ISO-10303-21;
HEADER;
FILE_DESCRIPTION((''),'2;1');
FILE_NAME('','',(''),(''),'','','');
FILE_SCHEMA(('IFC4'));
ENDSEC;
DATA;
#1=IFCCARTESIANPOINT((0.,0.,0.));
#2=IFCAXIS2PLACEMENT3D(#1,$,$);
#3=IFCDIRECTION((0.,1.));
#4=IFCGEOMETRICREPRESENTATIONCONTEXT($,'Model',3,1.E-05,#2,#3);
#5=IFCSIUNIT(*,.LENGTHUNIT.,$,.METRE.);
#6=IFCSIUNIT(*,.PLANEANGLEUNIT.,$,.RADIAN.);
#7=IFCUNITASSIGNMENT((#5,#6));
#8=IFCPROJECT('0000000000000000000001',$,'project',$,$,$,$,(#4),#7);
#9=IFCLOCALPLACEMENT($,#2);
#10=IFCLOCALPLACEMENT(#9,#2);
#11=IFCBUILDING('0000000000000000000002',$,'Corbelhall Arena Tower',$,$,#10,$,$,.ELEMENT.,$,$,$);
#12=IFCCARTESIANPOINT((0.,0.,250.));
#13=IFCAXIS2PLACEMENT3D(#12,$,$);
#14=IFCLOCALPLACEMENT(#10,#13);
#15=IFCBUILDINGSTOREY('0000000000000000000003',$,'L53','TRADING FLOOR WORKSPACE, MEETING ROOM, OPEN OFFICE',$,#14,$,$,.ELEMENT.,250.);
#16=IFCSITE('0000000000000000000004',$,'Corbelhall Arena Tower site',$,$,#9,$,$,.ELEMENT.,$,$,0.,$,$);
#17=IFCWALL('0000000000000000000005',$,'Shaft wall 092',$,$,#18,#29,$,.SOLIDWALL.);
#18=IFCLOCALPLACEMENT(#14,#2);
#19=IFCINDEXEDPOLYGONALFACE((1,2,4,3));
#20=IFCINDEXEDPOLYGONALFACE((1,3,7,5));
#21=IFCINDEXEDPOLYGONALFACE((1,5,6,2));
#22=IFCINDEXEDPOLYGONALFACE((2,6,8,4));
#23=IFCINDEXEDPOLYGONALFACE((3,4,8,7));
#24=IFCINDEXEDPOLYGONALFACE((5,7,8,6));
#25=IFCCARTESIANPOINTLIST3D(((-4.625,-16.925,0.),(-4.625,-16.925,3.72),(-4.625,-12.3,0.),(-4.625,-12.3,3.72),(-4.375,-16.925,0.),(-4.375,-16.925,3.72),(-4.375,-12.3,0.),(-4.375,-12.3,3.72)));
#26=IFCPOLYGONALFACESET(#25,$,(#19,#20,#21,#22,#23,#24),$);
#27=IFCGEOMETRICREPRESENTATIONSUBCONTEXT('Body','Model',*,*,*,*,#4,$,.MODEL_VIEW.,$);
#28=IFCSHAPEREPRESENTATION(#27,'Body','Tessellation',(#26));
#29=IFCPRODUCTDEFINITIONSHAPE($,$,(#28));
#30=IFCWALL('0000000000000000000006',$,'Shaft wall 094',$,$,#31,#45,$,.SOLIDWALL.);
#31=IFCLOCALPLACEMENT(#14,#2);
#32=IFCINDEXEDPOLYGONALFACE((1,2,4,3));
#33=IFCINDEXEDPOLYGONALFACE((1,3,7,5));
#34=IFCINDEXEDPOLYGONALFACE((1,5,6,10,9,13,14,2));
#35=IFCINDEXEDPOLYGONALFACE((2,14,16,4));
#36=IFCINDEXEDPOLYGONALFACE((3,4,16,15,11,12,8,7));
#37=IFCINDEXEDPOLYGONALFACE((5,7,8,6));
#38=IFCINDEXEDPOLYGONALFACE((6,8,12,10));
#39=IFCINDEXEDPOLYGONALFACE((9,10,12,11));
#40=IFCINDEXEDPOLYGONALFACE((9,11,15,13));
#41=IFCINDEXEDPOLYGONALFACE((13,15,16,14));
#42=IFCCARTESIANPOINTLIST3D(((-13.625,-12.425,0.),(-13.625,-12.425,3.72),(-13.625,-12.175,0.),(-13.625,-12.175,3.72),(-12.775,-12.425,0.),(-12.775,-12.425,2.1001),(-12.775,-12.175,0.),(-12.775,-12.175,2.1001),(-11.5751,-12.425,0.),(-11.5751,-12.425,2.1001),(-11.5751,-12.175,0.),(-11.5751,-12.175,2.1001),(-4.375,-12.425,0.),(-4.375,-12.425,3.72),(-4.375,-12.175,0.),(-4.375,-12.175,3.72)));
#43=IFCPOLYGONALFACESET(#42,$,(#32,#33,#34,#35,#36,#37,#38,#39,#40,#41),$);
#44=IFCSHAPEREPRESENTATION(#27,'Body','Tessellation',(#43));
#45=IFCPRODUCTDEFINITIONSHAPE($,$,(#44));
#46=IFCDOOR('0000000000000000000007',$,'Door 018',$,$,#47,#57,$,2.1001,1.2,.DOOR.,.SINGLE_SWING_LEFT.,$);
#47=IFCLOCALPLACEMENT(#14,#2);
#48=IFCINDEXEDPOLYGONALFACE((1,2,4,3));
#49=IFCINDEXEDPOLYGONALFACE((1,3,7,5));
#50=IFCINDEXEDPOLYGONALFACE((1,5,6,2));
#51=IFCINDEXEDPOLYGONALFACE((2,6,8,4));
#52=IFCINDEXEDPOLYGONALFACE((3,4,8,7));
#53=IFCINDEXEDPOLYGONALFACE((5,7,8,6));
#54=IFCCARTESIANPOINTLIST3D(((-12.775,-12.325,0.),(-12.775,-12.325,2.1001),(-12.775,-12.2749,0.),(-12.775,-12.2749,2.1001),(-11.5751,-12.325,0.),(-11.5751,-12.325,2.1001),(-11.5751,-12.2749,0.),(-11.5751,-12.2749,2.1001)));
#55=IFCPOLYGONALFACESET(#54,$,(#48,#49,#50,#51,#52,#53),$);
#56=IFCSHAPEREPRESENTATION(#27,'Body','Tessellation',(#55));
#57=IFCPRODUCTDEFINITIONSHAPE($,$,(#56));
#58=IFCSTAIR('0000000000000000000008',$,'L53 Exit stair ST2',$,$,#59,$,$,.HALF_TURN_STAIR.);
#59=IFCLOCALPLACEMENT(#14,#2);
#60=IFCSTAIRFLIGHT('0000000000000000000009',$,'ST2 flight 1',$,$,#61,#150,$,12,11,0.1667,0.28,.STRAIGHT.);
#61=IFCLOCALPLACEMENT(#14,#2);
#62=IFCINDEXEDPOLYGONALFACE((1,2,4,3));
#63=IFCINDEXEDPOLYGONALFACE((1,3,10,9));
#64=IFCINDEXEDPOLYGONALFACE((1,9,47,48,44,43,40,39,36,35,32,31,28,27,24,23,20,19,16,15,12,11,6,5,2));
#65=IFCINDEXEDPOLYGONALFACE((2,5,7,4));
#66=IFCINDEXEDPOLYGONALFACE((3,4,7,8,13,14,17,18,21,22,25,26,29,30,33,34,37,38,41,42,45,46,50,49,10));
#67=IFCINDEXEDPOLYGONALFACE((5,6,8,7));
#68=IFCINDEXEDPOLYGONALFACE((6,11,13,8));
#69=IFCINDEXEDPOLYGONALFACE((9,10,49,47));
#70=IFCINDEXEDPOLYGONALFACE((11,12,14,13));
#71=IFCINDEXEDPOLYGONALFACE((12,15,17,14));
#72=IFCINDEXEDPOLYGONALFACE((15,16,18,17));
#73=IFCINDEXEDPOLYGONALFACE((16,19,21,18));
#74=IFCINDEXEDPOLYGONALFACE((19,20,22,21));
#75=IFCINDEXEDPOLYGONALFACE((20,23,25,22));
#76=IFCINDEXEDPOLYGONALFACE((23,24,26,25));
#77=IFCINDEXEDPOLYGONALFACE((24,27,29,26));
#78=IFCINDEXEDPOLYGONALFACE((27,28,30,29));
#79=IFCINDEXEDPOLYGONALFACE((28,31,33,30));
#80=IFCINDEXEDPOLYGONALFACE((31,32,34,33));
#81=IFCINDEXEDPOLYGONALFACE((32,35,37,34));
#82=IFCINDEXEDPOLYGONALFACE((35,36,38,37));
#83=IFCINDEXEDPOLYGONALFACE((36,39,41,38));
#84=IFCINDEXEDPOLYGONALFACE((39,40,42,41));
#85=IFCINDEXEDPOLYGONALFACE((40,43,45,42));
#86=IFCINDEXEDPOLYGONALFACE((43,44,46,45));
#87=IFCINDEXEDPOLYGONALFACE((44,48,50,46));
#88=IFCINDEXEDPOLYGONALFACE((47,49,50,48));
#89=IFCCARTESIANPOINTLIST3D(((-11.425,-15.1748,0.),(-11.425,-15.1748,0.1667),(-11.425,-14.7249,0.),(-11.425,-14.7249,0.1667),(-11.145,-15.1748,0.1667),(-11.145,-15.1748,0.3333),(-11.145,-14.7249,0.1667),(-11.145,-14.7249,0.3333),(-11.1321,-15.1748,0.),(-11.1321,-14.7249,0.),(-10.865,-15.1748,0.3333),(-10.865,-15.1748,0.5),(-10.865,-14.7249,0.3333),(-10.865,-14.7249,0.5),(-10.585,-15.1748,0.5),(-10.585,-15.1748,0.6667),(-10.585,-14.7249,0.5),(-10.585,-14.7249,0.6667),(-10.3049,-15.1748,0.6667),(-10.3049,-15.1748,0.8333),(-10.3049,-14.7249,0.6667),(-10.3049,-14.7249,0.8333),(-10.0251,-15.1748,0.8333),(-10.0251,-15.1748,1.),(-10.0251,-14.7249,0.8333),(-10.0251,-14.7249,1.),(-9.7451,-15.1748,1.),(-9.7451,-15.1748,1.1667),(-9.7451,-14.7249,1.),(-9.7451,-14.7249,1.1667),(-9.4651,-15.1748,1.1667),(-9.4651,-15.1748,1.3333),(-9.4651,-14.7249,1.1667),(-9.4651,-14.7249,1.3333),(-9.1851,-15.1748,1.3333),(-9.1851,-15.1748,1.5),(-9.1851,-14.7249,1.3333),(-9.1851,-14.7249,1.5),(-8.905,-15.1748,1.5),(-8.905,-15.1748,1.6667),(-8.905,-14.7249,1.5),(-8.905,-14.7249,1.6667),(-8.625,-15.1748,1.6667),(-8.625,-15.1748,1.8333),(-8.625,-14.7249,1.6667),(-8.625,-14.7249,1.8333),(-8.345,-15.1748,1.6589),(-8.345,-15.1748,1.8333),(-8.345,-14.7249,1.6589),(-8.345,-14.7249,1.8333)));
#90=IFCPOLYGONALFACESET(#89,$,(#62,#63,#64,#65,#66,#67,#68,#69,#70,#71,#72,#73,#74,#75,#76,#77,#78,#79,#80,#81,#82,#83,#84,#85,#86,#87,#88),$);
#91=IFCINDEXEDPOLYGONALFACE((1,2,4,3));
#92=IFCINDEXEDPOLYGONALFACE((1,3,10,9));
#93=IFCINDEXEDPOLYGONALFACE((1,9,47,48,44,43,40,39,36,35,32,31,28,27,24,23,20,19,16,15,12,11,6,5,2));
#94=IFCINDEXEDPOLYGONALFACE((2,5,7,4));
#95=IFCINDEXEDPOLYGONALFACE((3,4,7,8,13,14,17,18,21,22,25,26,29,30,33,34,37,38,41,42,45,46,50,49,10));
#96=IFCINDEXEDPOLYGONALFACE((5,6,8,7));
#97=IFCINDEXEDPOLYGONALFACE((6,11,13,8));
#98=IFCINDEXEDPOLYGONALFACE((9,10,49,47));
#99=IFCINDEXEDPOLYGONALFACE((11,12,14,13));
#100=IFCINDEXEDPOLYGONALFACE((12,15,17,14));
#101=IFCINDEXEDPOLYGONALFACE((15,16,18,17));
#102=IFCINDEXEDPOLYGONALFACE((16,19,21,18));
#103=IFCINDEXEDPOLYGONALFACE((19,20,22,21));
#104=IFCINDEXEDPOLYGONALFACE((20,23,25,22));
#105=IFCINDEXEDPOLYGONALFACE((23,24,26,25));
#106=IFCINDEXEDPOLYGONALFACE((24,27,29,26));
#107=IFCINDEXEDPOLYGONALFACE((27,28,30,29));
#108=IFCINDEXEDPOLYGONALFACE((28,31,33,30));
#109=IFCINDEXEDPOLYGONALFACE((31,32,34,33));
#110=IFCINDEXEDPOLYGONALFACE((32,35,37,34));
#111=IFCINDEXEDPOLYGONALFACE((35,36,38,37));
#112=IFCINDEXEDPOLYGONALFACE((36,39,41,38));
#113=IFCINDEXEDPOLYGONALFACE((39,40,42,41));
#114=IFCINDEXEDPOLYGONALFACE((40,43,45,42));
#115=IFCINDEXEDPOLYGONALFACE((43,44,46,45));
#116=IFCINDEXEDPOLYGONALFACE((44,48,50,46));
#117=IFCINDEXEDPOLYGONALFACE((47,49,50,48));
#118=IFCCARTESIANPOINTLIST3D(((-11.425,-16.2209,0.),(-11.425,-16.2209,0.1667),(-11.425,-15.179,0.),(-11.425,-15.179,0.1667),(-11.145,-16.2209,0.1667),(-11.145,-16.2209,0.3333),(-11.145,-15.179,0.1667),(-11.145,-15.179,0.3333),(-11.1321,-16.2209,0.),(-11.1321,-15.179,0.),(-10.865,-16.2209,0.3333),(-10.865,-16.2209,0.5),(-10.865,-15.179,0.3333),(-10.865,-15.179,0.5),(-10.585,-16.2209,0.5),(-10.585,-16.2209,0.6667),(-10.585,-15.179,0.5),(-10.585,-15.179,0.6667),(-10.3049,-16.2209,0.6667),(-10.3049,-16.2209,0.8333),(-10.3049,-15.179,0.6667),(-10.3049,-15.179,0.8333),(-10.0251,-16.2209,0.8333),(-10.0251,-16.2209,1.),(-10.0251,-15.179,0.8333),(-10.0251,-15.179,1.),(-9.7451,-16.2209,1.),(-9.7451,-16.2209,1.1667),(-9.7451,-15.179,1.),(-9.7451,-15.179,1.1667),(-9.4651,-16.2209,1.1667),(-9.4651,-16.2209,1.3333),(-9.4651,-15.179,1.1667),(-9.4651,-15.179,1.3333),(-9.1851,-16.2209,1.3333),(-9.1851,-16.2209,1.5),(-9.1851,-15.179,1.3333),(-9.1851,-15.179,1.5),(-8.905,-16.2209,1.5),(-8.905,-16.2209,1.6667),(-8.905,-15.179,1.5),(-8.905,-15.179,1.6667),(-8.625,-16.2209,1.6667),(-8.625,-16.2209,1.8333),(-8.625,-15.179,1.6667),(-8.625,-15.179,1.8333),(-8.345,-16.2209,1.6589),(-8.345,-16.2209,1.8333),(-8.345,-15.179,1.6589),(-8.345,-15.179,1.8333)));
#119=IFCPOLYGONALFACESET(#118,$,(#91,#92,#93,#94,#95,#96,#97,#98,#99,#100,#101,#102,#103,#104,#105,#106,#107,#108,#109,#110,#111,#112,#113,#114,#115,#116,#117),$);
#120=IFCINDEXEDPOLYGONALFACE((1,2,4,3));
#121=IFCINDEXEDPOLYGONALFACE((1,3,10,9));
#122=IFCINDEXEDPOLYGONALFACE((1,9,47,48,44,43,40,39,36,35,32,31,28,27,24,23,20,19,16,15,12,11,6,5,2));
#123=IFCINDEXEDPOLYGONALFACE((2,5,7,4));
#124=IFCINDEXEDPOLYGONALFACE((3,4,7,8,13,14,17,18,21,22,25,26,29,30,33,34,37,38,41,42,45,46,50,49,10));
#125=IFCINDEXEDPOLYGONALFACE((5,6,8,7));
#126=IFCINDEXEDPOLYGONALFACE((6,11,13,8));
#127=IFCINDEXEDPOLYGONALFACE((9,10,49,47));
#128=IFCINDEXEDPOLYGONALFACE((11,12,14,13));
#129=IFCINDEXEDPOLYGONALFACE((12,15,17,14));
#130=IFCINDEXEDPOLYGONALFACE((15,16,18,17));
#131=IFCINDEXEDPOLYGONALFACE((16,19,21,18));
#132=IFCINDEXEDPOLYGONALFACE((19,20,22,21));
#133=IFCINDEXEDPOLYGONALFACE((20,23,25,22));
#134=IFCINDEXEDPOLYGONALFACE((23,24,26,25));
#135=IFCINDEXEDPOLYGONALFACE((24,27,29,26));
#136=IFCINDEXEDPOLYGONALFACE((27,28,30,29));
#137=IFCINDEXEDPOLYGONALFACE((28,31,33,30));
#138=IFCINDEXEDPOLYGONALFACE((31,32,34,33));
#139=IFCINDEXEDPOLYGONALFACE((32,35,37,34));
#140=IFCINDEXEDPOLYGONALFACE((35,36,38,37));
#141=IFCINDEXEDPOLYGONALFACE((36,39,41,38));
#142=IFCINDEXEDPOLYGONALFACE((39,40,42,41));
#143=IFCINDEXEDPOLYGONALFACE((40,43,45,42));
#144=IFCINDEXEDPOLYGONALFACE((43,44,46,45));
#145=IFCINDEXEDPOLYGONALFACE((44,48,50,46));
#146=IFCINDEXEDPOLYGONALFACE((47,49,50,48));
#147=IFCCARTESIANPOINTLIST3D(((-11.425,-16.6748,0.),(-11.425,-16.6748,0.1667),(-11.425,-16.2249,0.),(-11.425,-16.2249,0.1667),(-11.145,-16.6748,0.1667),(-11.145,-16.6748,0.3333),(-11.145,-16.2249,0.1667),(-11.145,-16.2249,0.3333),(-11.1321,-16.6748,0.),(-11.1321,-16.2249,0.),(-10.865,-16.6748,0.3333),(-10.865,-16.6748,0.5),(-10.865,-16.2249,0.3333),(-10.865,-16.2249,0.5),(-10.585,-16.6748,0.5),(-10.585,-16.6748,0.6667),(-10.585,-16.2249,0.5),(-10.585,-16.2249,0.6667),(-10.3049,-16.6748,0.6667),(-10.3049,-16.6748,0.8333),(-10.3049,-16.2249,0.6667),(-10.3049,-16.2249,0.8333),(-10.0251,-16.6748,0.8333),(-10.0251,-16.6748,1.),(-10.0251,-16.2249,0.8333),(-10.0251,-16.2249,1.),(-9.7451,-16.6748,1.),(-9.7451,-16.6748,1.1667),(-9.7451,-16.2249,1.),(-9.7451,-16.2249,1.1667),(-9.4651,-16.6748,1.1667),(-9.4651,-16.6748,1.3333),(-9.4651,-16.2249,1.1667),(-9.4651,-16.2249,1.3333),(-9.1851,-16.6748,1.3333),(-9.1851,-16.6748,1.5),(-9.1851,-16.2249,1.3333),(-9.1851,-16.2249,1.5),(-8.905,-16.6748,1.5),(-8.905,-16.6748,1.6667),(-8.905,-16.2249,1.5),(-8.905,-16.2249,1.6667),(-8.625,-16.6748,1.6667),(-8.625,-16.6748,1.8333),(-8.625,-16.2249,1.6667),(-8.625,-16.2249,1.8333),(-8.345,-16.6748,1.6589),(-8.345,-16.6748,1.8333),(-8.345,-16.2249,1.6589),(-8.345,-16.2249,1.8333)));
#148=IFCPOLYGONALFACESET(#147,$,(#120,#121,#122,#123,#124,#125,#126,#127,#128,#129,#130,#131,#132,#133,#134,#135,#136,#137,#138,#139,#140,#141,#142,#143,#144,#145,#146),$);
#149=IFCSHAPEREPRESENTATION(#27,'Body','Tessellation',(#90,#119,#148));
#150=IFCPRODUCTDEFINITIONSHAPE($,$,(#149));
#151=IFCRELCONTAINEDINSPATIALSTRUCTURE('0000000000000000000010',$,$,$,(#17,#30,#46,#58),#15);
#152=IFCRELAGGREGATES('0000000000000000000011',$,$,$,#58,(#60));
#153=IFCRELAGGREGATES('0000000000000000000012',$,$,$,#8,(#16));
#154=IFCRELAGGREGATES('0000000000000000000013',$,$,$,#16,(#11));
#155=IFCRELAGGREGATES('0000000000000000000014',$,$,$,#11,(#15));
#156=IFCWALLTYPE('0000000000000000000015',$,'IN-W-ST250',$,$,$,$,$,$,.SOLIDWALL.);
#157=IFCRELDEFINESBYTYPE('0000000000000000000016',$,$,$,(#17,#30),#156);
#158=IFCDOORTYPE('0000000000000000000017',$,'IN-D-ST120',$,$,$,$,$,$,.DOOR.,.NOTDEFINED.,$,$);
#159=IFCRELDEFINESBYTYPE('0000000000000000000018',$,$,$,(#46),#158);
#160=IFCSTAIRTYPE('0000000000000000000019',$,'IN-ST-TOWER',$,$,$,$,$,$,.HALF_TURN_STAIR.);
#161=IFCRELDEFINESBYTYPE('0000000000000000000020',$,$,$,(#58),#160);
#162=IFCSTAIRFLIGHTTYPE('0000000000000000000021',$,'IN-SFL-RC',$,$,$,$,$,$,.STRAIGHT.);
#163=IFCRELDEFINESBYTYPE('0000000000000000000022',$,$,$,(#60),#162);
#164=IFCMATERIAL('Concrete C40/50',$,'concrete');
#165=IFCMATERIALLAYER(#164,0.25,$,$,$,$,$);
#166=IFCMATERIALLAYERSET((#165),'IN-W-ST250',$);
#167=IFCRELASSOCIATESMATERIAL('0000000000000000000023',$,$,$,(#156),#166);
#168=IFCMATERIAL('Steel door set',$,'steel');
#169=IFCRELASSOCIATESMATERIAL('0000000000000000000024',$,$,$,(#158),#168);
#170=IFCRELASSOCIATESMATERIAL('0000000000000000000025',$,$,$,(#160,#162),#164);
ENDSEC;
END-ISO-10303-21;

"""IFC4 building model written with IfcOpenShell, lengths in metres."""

from ifc_helpers import new_model, si_unit, direction, frame, frame_2d, origin, place, context, subcontext, project, spatial, polyline, rectangle, outline, extrude, material, layer, layer_set, type_object, element, fill, aggregate, save


model = new_model("IFC4")

# Units and contexts
model_context = context("Model", 3, precision=1e-05, world=origin(), true_north=direction((0.0, 1.0)))
body_context = subcontext(model_context, "Body", "Model", "MODEL_VIEW")
ifc_project = project(units=[si_unit("LENGTHUNIT", "METRE"), si_unit("PLANEANGLEUNIT", "RADIAN")], contexts=[model_context])

# Site, building, storey
site_placement = place(None, origin())
site = spatial("IfcSite", under=ifc_project, at=site_placement, Name="Corbelhall Arena Tower site", CompositionType="ELEMENT", RefElevation=0.0)
building_placement = place(site_placement, origin())
building = spatial("IfcBuilding", under=site, at=building_placement, Name="Corbelhall Arena Tower", CompositionType="ELEMENT")
storey_placement = place(building_placement, frame((0.0, 0.0, 250.0)))
storey = spatial("IfcBuildingStorey", under=building, at=storey_placement, Name="L53", Description="TRADING FLOOR WORKSPACE, MEETING ROOM, OPEN OFFICE", CompositionType="ELEMENT", Elevation=250.0)

# Wall
ifc_material_1 = material(Name="Concrete C40/50", Category="concrete")
ifc_layer_1 = layer(ifc_material_1, 0.25)
ifc_layer_set_1 = layer_set([ifc_layer_1], Name="IN-W-ST250")
wall_type_1 = type_object("IfcWallType", Name="IN-W-ST250", PredefinedType="SOLIDWALL", material=ifc_layer_set_1)
wall_1_placement = place(storey_placement, frame((-4.5, -12.3, 0.0), z_axis=(0.0, 0.0, 1.0), x_axis=(0.0, -1.0, 0.0)))
element("IfcWall", 1, at=wall_1_placement, inside=storey, type_object=wall_type_1, Name="Shaft wall 092", PredefinedType="SOLIDWALL", context=body_context, shape_type="SweptSolid", body=[
    extrude(rectangle(XDim=4.625, YDim=0.25, at=frame_2d((2.3125, 0.0))), origin(), (0.0, 0.0, 1.0), 3.72),
])

# Wall, opening, door
wall_2_placement = place(storey_placement, frame((-4.375, -12.3, 0.0), z_axis=(0.0, 0.0, 1.0), x_axis=(-1.0, 0.0, 0.0)))
wall_2 = element("IfcWall", 2, at=wall_2_placement, inside=storey, type_object=wall_type_1, Name="Shaft wall 094", PredefinedType="SOLIDWALL", context=body_context, shape_type="SweptSolid", body=[
    extrude(rectangle(XDim=9.25, YDim=0.25, at=frame_2d((4.625, 0.0))), origin(), (0.0, 0.0, 1.0), 3.72),
])
opening_1_placement = place(wall_2_placement, frame((7.2, 0.0, 0.0)))
opening_1 = element("IfcOpeningElement", 3, at=opening_1_placement, cuts=wall_2, PredefinedType="OPENING", context=body_context, shape_type="SweptSolid", body=[
    extrude(rectangle(XDim=1.2, YDim=2.1001, at=frame_2d((0.6001, 1.05))), frame((0.0, 0.125, 0.0), z_axis=(0.0, -1.0, 0.0), x_axis=(1.0, 0.0, 0.0)), (0.0, 0.0, 1.0), 0.25),
])
ifc_material_2 = material(Name="Steel door set", Category="steel")
door_type = type_object("IfcDoorType", Name="IN-D-ST120", OperationType="NOTDEFINED", PredefinedType="DOOR", material=ifc_material_2)
door_placement = place(opening_1_placement, origin())
door = element("IfcDoor", 4, at=door_placement, inside=storey, type_object=door_type, Name="Door 018", OperationType="SINGLE_SWING_LEFT", OverallHeight=2.1001, OverallWidth=1.2, PredefinedType="DOOR", context=body_context, shape_type="SweptSolid", body=[
    extrude(rectangle(XDim=1.2, YDim=2.1001, at=frame_2d((0.6001, 1.05))), frame((0.0, 0.0249, 0.0), z_axis=(0.0, -1.0, 0.0), x_axis=(1.0, 0.0, 0.0)), (0.0, 0.0, 1.0), 0.05),
])
fill(opening_1, door)

# Stair, stair flight
stair_type = type_object("IfcStairType", Name="IN-ST-TOWER", PredefinedType="HALF_TURN_STAIR", material=ifc_material_1)
stair_placement = place(storey_placement, origin())
stair = element("IfcStair", 5, at=stair_placement, inside=storey, type_object=stair_type, Name="L53 Exit stair ST2", PredefinedType="HALF_TURN_STAIR")
stair_flight_type = type_object("IfcStairFlightType", Name="IN-SFL-RC", PredefinedType="STRAIGHT", material=ifc_material_1)
stair_flight_1_placement = place(storey_placement, frame((-11.425, -15.7, 0.0), z_axis=(0.0, 0.0, 1.0), x_axis=(1.0, 0.0, 0.0)))
stair_flight_1 = element("IfcStairFlight", 6, at=stair_flight_1_placement, type_object=stair_flight_type, Name="ST2 flight 1", NumberOfRisers=12, NumberOfTreads=11, PredefinedType="STRAIGHT", RiserHeight=0.1667, TreadLength=0.28, context=body_context, shape_type="SweptSolid", body=[
    extrude(outline(polyline([(0.0, 0.0), (0.0, 0.1667), (0.28, 0.1667), (0.28, 0.3333), (0.5601, 0.3333), (0.5601, 0.5), (0.8401, 0.5), (0.8401, 0.6667), (1.1201, 0.6667), (1.1201, 0.8333), (1.3999, 0.8333), (1.3999, 1.0), (1.6799, 1.0), (1.6799, 1.1667), (1.96, 1.1667), (1.96, 1.3333), (2.24, 1.3333), (2.24, 1.5), (2.52, 1.5), (2.52, 1.6667), (2.8, 1.6667), (2.8, 1.8333), (3.0801, 1.8333), (3.0801, 2.0), (3.0801, 1.6589), (0.293, 0.0), (0.0, 0.0)])), frame((0.0, 0.9751, 0.0), z_axis=(0.0, -1.0, 0.0), x_axis=(1.0, 0.0, 0.0)), (0.0, 0.0, 1.0), 0.45),
    extrude(outline(polyline([(0.0, 0.0), (0.0, 0.1667), (0.28, 0.1667), (0.28, 0.3333), (0.5601, 0.3333), (0.5601, 0.5), (0.8401, 0.5), (0.8401, 0.6667), (1.1201, 0.6667), (1.1201, 0.8333), (1.3999, 0.8333), (1.3999, 1.0), (1.6799, 1.0), (1.6799, 1.1667), (1.96, 1.1667), (1.96, 1.3333), (2.24, 1.3333), (2.24, 1.5), (2.52, 1.5), (2.52, 1.6667), (2.8, 1.6667), (2.8, 1.8333), (3.0801, 1.8333), (3.0801, 2.0), (3.0801, 1.6589), (0.293, 0.0), (0.0, 0.0)])), frame((0.0, 0.521, 0.0), z_axis=(0.0, -1.0, 0.0), x_axis=(1.0, 0.0, 0.0)), (0.0, 0.0, 1.0), 1.042),
    extrude(outline(polyline([(0.0, 0.0), (0.0, 0.1667), (0.28, 0.1667), (0.28, 0.3333), (0.5601, 0.3333), (0.5601, 0.5), (0.8401, 0.5), (0.8401, 0.6667), (1.1201, 0.6667), (1.1201, 0.8333), (1.3999, 0.8333), (1.3999, 1.0), (1.6799, 1.0), (1.6799, 1.1667), (1.96, 1.1667), (1.96, 1.3333), (2.24, 1.3333), (2.24, 1.5), (2.52, 1.5), (2.52, 1.6667), (2.8, 1.6667), (2.8, 1.8333), (3.0801, 1.8333), (3.0801, 2.0), (3.0801, 1.6589), (0.293, 0.0), (0.0, 0.0)])), frame((0.0, -0.5249, 0.0), z_axis=(0.0, -1.0, 0.0), x_axis=(1.0, 0.0, 0.0)), (0.0, 0.0, 1.0), 0.45),
])
aggregate(stair, [stair_flight_1])

save(model, "model.ifc")
